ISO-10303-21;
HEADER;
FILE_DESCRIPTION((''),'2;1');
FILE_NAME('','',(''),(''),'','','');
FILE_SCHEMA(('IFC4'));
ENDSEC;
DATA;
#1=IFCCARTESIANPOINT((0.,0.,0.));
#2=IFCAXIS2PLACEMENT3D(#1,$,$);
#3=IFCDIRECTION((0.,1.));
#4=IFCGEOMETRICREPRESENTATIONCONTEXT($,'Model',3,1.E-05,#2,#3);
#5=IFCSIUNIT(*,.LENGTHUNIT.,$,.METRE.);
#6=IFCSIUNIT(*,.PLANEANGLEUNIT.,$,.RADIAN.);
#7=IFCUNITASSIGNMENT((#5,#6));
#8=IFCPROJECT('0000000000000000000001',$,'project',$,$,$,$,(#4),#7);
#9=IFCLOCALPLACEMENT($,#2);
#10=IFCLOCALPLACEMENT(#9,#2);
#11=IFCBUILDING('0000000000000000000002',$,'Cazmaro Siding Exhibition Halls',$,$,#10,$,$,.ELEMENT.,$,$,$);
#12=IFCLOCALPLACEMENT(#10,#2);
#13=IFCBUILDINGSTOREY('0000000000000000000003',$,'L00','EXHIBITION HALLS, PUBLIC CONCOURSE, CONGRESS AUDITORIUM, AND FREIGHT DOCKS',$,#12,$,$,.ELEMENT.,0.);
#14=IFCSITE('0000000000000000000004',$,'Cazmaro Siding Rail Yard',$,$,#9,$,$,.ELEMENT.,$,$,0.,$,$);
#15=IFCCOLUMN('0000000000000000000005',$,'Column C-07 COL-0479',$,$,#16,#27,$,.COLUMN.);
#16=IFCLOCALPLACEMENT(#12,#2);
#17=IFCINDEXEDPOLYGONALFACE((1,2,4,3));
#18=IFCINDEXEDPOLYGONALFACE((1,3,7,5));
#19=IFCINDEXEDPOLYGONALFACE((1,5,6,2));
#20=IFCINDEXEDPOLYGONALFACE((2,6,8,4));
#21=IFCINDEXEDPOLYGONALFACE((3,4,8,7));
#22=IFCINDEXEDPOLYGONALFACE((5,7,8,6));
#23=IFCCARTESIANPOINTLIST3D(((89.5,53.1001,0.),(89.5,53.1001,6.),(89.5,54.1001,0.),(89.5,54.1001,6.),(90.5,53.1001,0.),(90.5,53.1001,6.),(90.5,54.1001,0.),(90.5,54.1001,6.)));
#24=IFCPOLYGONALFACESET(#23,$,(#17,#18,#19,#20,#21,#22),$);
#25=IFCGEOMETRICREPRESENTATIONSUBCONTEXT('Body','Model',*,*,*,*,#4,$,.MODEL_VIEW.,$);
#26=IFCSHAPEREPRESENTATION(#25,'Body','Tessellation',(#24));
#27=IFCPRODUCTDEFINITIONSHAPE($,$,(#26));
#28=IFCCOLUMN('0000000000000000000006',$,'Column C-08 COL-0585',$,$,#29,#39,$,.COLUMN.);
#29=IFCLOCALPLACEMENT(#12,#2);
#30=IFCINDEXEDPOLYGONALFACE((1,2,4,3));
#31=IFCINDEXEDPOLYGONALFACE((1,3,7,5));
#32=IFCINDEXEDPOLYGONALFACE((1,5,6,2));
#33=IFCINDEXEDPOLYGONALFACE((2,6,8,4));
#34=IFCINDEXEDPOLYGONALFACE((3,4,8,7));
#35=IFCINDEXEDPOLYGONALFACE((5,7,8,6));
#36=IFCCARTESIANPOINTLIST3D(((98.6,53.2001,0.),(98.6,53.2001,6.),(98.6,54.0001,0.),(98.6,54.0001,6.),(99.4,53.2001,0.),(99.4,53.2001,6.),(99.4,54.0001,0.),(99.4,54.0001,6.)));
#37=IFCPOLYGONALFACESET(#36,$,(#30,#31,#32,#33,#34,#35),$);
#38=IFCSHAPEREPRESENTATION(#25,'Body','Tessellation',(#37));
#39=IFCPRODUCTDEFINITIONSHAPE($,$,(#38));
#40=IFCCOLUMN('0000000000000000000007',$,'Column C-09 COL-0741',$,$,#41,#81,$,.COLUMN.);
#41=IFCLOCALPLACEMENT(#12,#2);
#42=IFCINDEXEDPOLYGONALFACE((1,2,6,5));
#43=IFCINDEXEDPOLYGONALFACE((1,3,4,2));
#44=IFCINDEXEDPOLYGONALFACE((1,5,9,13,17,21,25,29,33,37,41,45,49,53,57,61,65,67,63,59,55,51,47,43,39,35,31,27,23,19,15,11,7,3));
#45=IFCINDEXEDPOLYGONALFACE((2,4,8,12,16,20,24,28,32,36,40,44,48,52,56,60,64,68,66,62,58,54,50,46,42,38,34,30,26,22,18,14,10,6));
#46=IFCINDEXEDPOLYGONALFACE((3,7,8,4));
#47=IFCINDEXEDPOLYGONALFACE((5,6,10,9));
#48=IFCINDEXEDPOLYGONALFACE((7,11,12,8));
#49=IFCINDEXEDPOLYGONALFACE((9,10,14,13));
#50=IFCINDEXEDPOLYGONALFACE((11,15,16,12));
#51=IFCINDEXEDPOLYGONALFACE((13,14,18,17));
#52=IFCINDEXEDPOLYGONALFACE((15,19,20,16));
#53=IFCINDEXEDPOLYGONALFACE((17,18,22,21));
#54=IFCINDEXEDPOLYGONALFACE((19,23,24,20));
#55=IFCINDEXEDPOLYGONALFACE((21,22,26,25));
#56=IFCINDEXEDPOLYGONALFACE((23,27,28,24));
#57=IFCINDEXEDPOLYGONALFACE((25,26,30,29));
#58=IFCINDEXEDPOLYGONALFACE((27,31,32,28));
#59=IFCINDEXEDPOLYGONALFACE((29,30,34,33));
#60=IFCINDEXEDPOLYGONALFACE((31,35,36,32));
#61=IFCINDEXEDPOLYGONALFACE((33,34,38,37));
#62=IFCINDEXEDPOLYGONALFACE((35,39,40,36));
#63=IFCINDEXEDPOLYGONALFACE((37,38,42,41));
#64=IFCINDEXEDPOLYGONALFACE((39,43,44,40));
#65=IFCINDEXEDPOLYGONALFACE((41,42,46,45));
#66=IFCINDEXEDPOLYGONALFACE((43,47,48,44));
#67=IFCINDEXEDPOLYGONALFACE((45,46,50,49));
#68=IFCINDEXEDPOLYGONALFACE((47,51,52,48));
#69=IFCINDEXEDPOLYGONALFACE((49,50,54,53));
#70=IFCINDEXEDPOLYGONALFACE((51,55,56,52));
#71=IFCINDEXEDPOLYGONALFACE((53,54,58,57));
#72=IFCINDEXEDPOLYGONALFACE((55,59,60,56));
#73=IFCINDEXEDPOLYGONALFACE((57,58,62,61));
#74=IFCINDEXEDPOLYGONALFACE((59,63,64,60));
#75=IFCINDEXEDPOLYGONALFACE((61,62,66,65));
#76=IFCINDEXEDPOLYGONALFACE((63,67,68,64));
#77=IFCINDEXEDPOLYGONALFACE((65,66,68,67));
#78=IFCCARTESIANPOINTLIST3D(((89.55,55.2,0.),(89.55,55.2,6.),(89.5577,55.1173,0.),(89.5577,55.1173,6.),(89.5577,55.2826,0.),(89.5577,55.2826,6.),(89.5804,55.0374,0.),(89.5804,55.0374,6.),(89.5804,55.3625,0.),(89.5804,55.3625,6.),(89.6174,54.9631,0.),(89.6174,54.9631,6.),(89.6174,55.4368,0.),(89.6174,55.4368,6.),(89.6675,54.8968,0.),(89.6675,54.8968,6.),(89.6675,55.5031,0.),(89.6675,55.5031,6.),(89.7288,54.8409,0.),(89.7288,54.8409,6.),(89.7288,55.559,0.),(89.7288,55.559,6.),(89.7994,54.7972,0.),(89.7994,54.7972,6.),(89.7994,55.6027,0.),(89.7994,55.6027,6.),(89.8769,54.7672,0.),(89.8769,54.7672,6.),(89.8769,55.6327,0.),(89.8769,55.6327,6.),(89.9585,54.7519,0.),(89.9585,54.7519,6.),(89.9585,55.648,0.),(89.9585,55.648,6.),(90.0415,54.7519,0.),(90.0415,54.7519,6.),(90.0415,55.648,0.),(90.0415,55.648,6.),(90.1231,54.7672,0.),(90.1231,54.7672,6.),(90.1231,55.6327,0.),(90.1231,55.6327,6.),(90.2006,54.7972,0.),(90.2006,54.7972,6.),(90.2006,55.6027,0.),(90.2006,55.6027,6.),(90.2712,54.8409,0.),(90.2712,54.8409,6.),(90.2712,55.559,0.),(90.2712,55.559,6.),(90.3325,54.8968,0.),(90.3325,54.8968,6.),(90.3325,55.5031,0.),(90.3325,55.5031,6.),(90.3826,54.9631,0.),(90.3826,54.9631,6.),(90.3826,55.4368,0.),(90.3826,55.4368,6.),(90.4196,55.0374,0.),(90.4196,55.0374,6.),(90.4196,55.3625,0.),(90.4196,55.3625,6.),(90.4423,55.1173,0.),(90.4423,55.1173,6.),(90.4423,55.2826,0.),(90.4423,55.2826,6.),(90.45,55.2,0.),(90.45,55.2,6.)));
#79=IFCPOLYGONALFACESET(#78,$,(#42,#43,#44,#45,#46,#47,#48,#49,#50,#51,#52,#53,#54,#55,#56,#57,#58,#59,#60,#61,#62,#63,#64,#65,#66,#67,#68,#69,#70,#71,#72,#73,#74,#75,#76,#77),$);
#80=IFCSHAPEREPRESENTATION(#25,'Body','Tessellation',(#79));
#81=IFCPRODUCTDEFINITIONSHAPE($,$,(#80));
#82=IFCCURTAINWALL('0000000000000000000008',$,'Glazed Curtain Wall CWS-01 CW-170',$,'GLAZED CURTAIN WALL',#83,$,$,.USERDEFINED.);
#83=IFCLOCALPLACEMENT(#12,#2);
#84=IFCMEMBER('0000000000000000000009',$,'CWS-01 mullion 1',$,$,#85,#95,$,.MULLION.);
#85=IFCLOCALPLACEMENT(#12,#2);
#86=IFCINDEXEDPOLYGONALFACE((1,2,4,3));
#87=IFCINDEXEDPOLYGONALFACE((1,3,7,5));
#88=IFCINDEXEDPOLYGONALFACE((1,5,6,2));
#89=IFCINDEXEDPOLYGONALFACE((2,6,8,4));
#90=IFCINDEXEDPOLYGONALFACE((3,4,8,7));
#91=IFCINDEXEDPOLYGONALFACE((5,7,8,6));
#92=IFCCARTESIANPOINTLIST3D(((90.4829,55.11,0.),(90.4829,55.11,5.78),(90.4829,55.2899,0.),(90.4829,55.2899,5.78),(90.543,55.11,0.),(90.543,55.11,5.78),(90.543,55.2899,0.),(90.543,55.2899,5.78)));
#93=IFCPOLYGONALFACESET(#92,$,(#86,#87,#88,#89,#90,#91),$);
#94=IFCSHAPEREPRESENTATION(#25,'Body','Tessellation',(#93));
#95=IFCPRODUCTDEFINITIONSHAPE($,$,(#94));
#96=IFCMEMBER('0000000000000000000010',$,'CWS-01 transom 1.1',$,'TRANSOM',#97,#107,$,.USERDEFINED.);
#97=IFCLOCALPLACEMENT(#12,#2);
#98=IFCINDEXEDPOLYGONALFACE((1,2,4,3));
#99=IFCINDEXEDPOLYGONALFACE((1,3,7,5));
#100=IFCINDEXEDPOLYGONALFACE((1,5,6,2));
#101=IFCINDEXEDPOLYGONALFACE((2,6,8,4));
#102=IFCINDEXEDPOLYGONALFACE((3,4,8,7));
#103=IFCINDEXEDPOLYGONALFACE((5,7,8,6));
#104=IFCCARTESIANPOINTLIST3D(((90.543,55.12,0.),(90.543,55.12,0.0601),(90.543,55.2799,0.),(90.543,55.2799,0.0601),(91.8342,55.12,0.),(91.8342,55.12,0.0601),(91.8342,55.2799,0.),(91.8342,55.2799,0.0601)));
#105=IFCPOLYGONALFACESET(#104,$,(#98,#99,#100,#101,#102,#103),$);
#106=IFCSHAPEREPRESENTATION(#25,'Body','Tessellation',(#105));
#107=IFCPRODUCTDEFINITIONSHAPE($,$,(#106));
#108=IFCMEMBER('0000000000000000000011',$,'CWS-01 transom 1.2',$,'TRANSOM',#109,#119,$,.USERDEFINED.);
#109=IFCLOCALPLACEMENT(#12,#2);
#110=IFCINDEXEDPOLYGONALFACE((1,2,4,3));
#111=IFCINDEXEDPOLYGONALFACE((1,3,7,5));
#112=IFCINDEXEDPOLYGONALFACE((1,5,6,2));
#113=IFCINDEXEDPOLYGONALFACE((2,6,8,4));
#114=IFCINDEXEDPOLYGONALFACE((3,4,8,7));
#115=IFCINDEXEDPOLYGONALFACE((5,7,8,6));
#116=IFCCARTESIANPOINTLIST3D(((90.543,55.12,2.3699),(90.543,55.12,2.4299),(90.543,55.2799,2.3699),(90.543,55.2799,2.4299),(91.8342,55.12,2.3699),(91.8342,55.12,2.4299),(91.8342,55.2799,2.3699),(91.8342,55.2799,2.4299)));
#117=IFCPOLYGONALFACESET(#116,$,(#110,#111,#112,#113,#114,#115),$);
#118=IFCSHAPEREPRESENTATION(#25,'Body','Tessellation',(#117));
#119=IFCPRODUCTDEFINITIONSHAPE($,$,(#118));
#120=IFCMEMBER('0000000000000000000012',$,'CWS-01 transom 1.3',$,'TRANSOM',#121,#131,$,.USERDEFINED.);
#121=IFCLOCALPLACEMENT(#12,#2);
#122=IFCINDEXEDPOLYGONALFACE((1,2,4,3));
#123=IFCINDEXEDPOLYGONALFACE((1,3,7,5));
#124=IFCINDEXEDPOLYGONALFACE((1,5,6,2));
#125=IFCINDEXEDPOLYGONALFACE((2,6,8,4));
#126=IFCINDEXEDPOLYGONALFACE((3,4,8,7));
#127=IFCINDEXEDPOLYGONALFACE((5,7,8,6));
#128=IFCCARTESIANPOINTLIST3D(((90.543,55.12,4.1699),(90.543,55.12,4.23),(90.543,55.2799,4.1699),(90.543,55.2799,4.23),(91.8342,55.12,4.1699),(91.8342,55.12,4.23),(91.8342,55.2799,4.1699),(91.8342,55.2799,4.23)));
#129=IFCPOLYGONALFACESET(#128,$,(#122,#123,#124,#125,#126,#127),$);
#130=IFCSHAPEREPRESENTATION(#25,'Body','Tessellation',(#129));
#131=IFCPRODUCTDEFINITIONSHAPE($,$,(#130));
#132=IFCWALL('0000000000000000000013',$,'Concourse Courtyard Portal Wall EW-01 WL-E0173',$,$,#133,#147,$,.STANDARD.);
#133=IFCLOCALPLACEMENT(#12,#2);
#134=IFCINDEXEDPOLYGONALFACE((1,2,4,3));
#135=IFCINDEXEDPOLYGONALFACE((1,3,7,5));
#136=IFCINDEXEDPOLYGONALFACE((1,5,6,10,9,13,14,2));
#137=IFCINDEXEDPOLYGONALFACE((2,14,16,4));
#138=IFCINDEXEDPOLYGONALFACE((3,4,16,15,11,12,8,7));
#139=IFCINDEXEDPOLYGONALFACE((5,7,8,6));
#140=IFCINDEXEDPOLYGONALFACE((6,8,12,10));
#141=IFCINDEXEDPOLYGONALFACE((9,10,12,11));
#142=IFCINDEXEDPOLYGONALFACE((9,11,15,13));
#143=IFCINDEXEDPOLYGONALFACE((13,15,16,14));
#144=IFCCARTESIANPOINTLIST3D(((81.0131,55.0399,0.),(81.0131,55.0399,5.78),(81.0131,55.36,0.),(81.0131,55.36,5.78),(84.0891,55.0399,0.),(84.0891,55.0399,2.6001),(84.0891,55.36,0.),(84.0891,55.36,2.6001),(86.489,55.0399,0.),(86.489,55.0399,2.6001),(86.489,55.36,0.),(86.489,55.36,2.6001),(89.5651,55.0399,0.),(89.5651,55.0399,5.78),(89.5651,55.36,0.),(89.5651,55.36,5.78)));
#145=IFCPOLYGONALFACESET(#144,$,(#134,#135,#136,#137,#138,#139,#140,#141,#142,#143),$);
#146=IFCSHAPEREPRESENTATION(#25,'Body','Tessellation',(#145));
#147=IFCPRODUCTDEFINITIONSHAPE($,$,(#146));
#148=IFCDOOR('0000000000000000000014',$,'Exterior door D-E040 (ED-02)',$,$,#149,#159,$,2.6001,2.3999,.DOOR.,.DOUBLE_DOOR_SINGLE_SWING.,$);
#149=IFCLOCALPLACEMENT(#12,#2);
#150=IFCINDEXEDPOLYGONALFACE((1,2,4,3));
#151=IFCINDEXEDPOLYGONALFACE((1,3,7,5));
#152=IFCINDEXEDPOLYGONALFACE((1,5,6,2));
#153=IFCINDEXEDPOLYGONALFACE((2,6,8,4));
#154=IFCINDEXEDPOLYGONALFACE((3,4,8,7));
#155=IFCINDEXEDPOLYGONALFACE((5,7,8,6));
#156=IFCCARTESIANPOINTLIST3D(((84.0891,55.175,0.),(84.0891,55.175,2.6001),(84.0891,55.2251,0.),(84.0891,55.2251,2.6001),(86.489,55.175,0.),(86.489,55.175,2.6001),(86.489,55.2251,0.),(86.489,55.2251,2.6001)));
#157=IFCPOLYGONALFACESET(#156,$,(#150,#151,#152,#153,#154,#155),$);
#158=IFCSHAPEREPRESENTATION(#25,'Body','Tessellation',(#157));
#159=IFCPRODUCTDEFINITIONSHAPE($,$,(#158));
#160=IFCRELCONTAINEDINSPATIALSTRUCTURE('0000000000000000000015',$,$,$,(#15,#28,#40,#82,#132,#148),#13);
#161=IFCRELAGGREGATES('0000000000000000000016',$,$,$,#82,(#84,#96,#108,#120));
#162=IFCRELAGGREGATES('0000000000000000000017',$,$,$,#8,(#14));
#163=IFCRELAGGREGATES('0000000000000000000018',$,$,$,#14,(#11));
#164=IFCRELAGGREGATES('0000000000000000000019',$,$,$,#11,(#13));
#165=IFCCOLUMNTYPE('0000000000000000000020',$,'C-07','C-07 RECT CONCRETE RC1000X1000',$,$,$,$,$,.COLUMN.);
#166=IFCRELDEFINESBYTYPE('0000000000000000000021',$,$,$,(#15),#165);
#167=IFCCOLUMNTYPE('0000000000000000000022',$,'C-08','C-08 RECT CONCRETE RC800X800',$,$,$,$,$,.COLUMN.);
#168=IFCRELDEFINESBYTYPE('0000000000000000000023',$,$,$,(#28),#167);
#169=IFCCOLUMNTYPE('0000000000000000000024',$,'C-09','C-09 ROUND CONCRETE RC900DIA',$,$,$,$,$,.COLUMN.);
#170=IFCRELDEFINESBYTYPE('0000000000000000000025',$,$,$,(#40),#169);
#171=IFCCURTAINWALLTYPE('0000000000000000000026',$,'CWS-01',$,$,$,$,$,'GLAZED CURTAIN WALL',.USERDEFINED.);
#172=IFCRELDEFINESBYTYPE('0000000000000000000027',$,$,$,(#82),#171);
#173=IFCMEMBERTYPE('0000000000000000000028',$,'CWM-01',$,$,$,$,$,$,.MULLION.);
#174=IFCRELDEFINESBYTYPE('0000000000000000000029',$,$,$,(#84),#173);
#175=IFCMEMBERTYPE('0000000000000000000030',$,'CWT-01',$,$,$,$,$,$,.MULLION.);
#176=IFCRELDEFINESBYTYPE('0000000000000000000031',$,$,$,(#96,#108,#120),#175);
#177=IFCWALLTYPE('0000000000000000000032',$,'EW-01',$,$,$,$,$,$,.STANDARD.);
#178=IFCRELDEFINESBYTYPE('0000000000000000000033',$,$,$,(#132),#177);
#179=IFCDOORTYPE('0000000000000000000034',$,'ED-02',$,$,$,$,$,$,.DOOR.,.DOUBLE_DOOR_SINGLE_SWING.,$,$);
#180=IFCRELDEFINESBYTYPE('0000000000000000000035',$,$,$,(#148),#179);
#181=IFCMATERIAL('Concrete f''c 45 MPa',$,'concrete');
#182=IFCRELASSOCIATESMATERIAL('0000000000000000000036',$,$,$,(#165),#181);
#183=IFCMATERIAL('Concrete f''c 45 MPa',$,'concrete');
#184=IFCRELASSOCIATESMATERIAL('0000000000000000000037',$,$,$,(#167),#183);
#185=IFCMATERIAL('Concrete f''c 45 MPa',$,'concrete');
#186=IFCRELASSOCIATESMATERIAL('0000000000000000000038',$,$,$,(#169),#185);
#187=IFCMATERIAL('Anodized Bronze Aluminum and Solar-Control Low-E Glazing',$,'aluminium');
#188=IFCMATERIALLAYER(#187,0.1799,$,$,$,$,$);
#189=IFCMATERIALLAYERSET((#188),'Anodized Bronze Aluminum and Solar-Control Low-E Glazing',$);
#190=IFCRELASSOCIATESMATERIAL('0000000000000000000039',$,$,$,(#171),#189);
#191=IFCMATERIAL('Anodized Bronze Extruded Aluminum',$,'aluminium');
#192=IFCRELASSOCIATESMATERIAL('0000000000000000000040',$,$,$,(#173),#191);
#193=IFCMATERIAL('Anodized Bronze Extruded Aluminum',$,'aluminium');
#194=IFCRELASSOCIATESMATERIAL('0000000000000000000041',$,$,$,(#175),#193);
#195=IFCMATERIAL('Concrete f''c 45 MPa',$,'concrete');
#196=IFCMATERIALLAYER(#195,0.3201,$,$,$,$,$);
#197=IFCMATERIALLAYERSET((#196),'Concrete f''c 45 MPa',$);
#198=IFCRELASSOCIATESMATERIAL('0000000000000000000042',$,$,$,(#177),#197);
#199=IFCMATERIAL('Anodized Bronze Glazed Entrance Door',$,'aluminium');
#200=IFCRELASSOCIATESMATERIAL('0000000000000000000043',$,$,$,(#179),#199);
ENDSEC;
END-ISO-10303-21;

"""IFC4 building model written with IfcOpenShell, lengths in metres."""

from ifc_helpers import new_model, si_unit, direction, frame, frame_2d, origin, origin_2d, place, context, subcontext, project, spatial, rectangle, circle, extrude, material, layer, layer_set, material_profile, profile_set, type_object, element, fill, aggregate, save


model = new_model("IFC4")

# Units and contexts
model_context = context("Model", 3, precision=1e-05, world=origin(), true_north=direction((0.0, 1.0)))
body_context = subcontext(model_context, "Body", "Model", "MODEL_VIEW")
ifc_project = project(units=[si_unit("LENGTHUNIT", "METRE"), si_unit("PLANEANGLEUNIT", "RADIAN")], contexts=[model_context])

# Site, building, storey
site_placement = place(None, origin())
site = spatial("IfcSite", under=ifc_project, at=site_placement, Name="Cazmaro Siding Rail Yard", CompositionType="ELEMENT", RefElevation=0.0)
building_placement = place(site_placement, origin())
building = spatial("IfcBuilding", under=site, at=building_placement, Name="Cazmaro Siding Exhibition Halls", CompositionType="ELEMENT")
storey_placement = place(building_placement, origin())
storey = spatial("IfcBuildingStorey", under=building, at=storey_placement, Name="L00", Description="EXHIBITION HALLS, PUBLIC CONCOURSE, CONGRESS AUDITORIUM, AND FREIGHT DOCKS", CompositionType="ELEMENT", Elevation=0.0)

# Columns
ifc_material_1 = material(Name="Concrete f'c 45 MPa", Category="concrete")
ifc_material_profile_1 = material_profile(ifc_material_1, rectangle(XDim=1.0, YDim=1.0, at=origin_2d()), Name="RC1000X1000")
ifc_profile_set_1 = profile_set([ifc_material_profile_1], Name="Concrete f'c 45 MPa")
column_type_1 = type_object("IfcColumnType", Name="C-07", Description="C-07 RECT CONCRETE RC1000X1000", PredefinedType="COLUMN", material=ifc_profile_set_1)
for number, where, z_axis, x_axis, name in (
    (1, (90.0, 53.6001, 0.0), (0.0, 0.0, 1.0), (1.0, 0.0, 0.0), "Column C-07 COL-0479"),
):
    element("IfcColumn", number, at=place(storey_placement, frame(where, z_axis=z_axis, x_axis=x_axis)), inside=storey, type_object=column_type_1, Name=name, PredefinedType="COLUMN", context=body_context, shape_type="SweptSolid", body=[
        extrude(rectangle(XDim=1.0, YDim=1.0, at=origin_2d()), origin(), (0.0, 0.0, 1.0), 6.0),
    ])
ifc_material_2 = material(Name="Concrete f'c 45 MPa", Category="concrete")
ifc_material_profile_2 = material_profile(ifc_material_2, rectangle(XDim=0.8, YDim=0.8, at=origin_2d()), Name="RC800X800")
ifc_profile_set_2 = profile_set([ifc_material_profile_2], Name="Concrete f'c 45 MPa")
column_type_2 = type_object("IfcColumnType", Name="C-08", Description="C-08 RECT CONCRETE RC800X800", PredefinedType="COLUMN", material=ifc_profile_set_2)
column_1_placement = place(storey_placement, frame((99.0, 53.6001, 0.0), z_axis=(0.0, 0.0, 1.0), x_axis=(1.0, 0.0, 0.0)))
element("IfcColumn", 2, at=column_1_placement, inside=storey, type_object=column_type_2, Name="Column C-08 COL-0585", PredefinedType="COLUMN", context=body_context, shape_type="SweptSolid", body=[
    extrude(rectangle(XDim=0.8, YDim=0.8, at=origin_2d()), origin(), (0.0, 0.0, 1.0), 6.0),
])
ifc_material_3 = material(Name="Concrete f'c 45 MPa", Category="concrete")
ifc_material_profile_3 = material_profile(ifc_material_3, circle(Radius=0.45, at=origin_2d()), Name="RC900DIA")
ifc_profile_set_3 = profile_set([ifc_material_profile_3], Name="Concrete f'c 45 MPa")
column_type_3 = type_object("IfcColumnType", Name="C-09", Description="C-09 ROUND CONCRETE RC900DIA", PredefinedType="COLUMN", material=ifc_profile_set_3)
column_2_placement = place(storey_placement, frame((90.0, 55.2, 0.0), z_axis=(0.0, 0.0, 1.0), x_axis=(1.0, 0.0, 0.0)))
element("IfcColumn", 3, at=column_2_placement, inside=storey, type_object=column_type_3, Name="Column C-09 COL-0741", PredefinedType="COLUMN", context=body_context, shape_type="SweptSolid", body=[
    extrude(circle(Radius=0.45, at=origin_2d()), origin(), (0.0, 0.0, 1.0), 6.0),
])

# Curtain wall, members
ifc_material_4 = material(Name="Anodized Bronze Aluminum and Solar-Control Low-E Glazing", Category="aluminium")
ifc_layer_1 = layer(ifc_material_4, 0.1799)
ifc_layer_set_1 = layer_set([ifc_layer_1], Name="Anodized Bronze Aluminum and Solar-Control Low-E Glazing")
curtain_wall_type = type_object("IfcCurtainWallType", Name="CWS-01", ElementType="GLAZED CURTAIN WALL", PredefinedType="USERDEFINED", material=ifc_layer_set_1)
curtain_wall_placement = place(storey_placement, origin())
curtain_wall = element("IfcCurtainWall", 4, at=curtain_wall_placement, inside=storey, type_object=curtain_wall_type, Name="Glazed Curtain Wall CWS-01 CW-170", ObjectType="GLAZED CURTAIN WALL", PredefinedType="USERDEFINED")
ifc_material_5 = material(Name="Anodized Bronze Extruded Aluminum", Category="aluminium")
ifc_material_profile_4 = material_profile(ifc_material_5, rectangle(XDim=0.1799, YDim=0.0601, at=origin_2d()), Name="CWM-01")
ifc_profile_set_4 = profile_set([ifc_material_profile_4], Name="Anodized Bronze Extruded Aluminum")
member_type_1 = type_object("IfcMemberType", Name="CWM-01", PredefinedType="MULLION", material=ifc_profile_set_4)
member_1_placement = place(storey_placement, frame((90.5129, 55.2, 0.0), z_axis=(0.0, 0.0, 1.0), x_axis=(0.0, 1.0, 0.0)))
member_1 = element("IfcMember", 5, at=member_1_placement, type_object=member_type_1, Name="CWS-01 mullion 1", PredefinedType="MULLION", context=body_context, shape_type="SweptSolid", body=[
    extrude(rectangle(XDim=0.1799, YDim=0.0601, at=origin_2d()), origin(), (0.0, 0.0, 1.0), 5.78),
])
ifc_material_6 = material(Name="Anodized Bronze Extruded Aluminum", Category="aluminium")
ifc_material_profile_5 = material_profile(ifc_material_6, rectangle(XDim=0.1599, YDim=0.0601, at=origin_2d()), Name="CWT-01")
ifc_profile_set_5 = profile_set([ifc_material_profile_5], Name="Anodized Bronze Extruded Aluminum")
member_type_2 = type_object("IfcMemberType", Name="CWT-01", PredefinedType="MULLION", material=ifc_profile_set_5)
member_2_placement = place(storey_placement, frame((90.543, 55.2, 0.03), z_axis=(1.0, 0.0, 0.0), x_axis=(0.0, 1.0, 0.0)))
member_2 = element("IfcMember", 6, at=member_2_placement, type_object=member_type_2, Name="CWS-01 transom 1.1", ObjectType="TRANSOM", PredefinedType="USERDEFINED", context=body_context, shape_type="SweptSolid", body=[
    extrude(rectangle(XDim=0.1599, YDim=0.0601, at=origin_2d()), origin(), (0.0, 0.0, 1.0), 1.2913),
])
member_3_placement = place(storey_placement, frame((90.543, 55.2, 2.3999), z_axis=(1.0, 0.0, 0.0), x_axis=(0.0, 1.0, 0.0)))
member_3 = element("IfcMember", 7, at=member_3_placement, type_object=member_type_2, Name="CWS-01 transom 1.2", ObjectType="TRANSOM", PredefinedType="USERDEFINED", context=body_context, shape_type="SweptSolid", body=[
    extrude(rectangle(XDim=0.1599, YDim=0.0601, at=origin_2d()), origin(), (0.0, 0.0, 1.0), 1.2913),
])
member_4_placement = place(storey_placement, frame((90.543, 55.2, 4.2), z_axis=(1.0, 0.0, 0.0), x_axis=(0.0, 1.0, 0.0)))
member_4 = element("IfcMember", 8, at=member_4_placement, type_object=member_type_2, Name="CWS-01 transom 1.3", ObjectType="TRANSOM", PredefinedType="USERDEFINED", context=body_context, shape_type="SweptSolid", body=[
    extrude(rectangle(XDim=0.1599, YDim=0.0601, at=origin_2d()), origin(), (0.0, 0.0, 1.0), 1.2913),
])
aggregate(curtain_wall, [member_1, member_2, member_3, member_4])

# Wall, opening, door
ifc_material_7 = material(Name="Concrete f'c 45 MPa", Category="concrete")
ifc_layer_2 = layer(ifc_material_7, 0.3201)
ifc_layer_set_2 = layer_set([ifc_layer_2], Name="Concrete f'c 45 MPa")
wall_type_1 = type_object("IfcWallType", Name="EW-01", PredefinedType="STANDARD", material=ifc_layer_set_2)
wall_1_placement = place(storey_placement, frame((89.5649, 55.2, 0.0), z_axis=(0.0, 0.0, 1.0), x_axis=(-1.0, 0.0, 0.0)))
wall_1 = element("IfcWall", 9, at=wall_1_placement, inside=storey, type_object=wall_type_1, Name="Concourse Courtyard Portal Wall EW-01 WL-E0173", PredefinedType="STANDARD", context=body_context, shape_type="SweptSolid", body=[
    extrude(rectangle(XDim=8.552, YDim=0.3201, at=frame_2d((4.2759, 0.0))), origin(), (0.0, 0.0, 1.0), 5.78),
])
opening_1_placement = place(wall_1_placement, frame((3.0759, 0.0, 0.0)))
opening_1 = element("IfcOpeningElement", 10, at=opening_1_placement, cuts=wall_1, PredefinedType="OPENING", context=body_context, shape_type="SweptSolid", body=[
    extrude(rectangle(XDim=2.3999, YDim=2.6001, at=frame_2d((1.2, 1.3))), frame((0.0, 0.1699, 0.0), z_axis=(0.0, -1.0, 0.0), x_axis=(1.0, 0.0, 0.0)), (0.0, 0.0, 1.0), 0.3401),
])
ifc_material_8 = material(Name="Anodized Bronze Glazed Entrance Door", Category="aluminium")
door_type = type_object("IfcDoorType", Name="ED-02", OperationType="DOUBLE_DOOR_SINGLE_SWING", PredefinedType="DOOR", material=ifc_material_8)
door_placement = place(opening_1_placement, origin())
door = element("IfcDoor", 11, at=door_placement, inside=storey, type_object=door_type, Name="Exterior door D-E040 (ED-02)", OperationType="DOUBLE_DOOR_SINGLE_SWING", OverallHeight=2.6001, OverallWidth=2.3999, PredefinedType="DOOR", context=body_context, shape_type="SweptSolid", body=[
    extrude(rectangle(XDim=2.3999, YDim=2.6001, at=frame_2d((1.2, 1.3))), frame((0.0, 0.0249, 0.0), z_axis=(0.0, -1.0, 0.0), x_axis=(1.0, 0.0, 0.0)), (0.0, 0.0, 1.0), 0.05),
])
fill(opening_1, door)

save(model, "model.ifc")
